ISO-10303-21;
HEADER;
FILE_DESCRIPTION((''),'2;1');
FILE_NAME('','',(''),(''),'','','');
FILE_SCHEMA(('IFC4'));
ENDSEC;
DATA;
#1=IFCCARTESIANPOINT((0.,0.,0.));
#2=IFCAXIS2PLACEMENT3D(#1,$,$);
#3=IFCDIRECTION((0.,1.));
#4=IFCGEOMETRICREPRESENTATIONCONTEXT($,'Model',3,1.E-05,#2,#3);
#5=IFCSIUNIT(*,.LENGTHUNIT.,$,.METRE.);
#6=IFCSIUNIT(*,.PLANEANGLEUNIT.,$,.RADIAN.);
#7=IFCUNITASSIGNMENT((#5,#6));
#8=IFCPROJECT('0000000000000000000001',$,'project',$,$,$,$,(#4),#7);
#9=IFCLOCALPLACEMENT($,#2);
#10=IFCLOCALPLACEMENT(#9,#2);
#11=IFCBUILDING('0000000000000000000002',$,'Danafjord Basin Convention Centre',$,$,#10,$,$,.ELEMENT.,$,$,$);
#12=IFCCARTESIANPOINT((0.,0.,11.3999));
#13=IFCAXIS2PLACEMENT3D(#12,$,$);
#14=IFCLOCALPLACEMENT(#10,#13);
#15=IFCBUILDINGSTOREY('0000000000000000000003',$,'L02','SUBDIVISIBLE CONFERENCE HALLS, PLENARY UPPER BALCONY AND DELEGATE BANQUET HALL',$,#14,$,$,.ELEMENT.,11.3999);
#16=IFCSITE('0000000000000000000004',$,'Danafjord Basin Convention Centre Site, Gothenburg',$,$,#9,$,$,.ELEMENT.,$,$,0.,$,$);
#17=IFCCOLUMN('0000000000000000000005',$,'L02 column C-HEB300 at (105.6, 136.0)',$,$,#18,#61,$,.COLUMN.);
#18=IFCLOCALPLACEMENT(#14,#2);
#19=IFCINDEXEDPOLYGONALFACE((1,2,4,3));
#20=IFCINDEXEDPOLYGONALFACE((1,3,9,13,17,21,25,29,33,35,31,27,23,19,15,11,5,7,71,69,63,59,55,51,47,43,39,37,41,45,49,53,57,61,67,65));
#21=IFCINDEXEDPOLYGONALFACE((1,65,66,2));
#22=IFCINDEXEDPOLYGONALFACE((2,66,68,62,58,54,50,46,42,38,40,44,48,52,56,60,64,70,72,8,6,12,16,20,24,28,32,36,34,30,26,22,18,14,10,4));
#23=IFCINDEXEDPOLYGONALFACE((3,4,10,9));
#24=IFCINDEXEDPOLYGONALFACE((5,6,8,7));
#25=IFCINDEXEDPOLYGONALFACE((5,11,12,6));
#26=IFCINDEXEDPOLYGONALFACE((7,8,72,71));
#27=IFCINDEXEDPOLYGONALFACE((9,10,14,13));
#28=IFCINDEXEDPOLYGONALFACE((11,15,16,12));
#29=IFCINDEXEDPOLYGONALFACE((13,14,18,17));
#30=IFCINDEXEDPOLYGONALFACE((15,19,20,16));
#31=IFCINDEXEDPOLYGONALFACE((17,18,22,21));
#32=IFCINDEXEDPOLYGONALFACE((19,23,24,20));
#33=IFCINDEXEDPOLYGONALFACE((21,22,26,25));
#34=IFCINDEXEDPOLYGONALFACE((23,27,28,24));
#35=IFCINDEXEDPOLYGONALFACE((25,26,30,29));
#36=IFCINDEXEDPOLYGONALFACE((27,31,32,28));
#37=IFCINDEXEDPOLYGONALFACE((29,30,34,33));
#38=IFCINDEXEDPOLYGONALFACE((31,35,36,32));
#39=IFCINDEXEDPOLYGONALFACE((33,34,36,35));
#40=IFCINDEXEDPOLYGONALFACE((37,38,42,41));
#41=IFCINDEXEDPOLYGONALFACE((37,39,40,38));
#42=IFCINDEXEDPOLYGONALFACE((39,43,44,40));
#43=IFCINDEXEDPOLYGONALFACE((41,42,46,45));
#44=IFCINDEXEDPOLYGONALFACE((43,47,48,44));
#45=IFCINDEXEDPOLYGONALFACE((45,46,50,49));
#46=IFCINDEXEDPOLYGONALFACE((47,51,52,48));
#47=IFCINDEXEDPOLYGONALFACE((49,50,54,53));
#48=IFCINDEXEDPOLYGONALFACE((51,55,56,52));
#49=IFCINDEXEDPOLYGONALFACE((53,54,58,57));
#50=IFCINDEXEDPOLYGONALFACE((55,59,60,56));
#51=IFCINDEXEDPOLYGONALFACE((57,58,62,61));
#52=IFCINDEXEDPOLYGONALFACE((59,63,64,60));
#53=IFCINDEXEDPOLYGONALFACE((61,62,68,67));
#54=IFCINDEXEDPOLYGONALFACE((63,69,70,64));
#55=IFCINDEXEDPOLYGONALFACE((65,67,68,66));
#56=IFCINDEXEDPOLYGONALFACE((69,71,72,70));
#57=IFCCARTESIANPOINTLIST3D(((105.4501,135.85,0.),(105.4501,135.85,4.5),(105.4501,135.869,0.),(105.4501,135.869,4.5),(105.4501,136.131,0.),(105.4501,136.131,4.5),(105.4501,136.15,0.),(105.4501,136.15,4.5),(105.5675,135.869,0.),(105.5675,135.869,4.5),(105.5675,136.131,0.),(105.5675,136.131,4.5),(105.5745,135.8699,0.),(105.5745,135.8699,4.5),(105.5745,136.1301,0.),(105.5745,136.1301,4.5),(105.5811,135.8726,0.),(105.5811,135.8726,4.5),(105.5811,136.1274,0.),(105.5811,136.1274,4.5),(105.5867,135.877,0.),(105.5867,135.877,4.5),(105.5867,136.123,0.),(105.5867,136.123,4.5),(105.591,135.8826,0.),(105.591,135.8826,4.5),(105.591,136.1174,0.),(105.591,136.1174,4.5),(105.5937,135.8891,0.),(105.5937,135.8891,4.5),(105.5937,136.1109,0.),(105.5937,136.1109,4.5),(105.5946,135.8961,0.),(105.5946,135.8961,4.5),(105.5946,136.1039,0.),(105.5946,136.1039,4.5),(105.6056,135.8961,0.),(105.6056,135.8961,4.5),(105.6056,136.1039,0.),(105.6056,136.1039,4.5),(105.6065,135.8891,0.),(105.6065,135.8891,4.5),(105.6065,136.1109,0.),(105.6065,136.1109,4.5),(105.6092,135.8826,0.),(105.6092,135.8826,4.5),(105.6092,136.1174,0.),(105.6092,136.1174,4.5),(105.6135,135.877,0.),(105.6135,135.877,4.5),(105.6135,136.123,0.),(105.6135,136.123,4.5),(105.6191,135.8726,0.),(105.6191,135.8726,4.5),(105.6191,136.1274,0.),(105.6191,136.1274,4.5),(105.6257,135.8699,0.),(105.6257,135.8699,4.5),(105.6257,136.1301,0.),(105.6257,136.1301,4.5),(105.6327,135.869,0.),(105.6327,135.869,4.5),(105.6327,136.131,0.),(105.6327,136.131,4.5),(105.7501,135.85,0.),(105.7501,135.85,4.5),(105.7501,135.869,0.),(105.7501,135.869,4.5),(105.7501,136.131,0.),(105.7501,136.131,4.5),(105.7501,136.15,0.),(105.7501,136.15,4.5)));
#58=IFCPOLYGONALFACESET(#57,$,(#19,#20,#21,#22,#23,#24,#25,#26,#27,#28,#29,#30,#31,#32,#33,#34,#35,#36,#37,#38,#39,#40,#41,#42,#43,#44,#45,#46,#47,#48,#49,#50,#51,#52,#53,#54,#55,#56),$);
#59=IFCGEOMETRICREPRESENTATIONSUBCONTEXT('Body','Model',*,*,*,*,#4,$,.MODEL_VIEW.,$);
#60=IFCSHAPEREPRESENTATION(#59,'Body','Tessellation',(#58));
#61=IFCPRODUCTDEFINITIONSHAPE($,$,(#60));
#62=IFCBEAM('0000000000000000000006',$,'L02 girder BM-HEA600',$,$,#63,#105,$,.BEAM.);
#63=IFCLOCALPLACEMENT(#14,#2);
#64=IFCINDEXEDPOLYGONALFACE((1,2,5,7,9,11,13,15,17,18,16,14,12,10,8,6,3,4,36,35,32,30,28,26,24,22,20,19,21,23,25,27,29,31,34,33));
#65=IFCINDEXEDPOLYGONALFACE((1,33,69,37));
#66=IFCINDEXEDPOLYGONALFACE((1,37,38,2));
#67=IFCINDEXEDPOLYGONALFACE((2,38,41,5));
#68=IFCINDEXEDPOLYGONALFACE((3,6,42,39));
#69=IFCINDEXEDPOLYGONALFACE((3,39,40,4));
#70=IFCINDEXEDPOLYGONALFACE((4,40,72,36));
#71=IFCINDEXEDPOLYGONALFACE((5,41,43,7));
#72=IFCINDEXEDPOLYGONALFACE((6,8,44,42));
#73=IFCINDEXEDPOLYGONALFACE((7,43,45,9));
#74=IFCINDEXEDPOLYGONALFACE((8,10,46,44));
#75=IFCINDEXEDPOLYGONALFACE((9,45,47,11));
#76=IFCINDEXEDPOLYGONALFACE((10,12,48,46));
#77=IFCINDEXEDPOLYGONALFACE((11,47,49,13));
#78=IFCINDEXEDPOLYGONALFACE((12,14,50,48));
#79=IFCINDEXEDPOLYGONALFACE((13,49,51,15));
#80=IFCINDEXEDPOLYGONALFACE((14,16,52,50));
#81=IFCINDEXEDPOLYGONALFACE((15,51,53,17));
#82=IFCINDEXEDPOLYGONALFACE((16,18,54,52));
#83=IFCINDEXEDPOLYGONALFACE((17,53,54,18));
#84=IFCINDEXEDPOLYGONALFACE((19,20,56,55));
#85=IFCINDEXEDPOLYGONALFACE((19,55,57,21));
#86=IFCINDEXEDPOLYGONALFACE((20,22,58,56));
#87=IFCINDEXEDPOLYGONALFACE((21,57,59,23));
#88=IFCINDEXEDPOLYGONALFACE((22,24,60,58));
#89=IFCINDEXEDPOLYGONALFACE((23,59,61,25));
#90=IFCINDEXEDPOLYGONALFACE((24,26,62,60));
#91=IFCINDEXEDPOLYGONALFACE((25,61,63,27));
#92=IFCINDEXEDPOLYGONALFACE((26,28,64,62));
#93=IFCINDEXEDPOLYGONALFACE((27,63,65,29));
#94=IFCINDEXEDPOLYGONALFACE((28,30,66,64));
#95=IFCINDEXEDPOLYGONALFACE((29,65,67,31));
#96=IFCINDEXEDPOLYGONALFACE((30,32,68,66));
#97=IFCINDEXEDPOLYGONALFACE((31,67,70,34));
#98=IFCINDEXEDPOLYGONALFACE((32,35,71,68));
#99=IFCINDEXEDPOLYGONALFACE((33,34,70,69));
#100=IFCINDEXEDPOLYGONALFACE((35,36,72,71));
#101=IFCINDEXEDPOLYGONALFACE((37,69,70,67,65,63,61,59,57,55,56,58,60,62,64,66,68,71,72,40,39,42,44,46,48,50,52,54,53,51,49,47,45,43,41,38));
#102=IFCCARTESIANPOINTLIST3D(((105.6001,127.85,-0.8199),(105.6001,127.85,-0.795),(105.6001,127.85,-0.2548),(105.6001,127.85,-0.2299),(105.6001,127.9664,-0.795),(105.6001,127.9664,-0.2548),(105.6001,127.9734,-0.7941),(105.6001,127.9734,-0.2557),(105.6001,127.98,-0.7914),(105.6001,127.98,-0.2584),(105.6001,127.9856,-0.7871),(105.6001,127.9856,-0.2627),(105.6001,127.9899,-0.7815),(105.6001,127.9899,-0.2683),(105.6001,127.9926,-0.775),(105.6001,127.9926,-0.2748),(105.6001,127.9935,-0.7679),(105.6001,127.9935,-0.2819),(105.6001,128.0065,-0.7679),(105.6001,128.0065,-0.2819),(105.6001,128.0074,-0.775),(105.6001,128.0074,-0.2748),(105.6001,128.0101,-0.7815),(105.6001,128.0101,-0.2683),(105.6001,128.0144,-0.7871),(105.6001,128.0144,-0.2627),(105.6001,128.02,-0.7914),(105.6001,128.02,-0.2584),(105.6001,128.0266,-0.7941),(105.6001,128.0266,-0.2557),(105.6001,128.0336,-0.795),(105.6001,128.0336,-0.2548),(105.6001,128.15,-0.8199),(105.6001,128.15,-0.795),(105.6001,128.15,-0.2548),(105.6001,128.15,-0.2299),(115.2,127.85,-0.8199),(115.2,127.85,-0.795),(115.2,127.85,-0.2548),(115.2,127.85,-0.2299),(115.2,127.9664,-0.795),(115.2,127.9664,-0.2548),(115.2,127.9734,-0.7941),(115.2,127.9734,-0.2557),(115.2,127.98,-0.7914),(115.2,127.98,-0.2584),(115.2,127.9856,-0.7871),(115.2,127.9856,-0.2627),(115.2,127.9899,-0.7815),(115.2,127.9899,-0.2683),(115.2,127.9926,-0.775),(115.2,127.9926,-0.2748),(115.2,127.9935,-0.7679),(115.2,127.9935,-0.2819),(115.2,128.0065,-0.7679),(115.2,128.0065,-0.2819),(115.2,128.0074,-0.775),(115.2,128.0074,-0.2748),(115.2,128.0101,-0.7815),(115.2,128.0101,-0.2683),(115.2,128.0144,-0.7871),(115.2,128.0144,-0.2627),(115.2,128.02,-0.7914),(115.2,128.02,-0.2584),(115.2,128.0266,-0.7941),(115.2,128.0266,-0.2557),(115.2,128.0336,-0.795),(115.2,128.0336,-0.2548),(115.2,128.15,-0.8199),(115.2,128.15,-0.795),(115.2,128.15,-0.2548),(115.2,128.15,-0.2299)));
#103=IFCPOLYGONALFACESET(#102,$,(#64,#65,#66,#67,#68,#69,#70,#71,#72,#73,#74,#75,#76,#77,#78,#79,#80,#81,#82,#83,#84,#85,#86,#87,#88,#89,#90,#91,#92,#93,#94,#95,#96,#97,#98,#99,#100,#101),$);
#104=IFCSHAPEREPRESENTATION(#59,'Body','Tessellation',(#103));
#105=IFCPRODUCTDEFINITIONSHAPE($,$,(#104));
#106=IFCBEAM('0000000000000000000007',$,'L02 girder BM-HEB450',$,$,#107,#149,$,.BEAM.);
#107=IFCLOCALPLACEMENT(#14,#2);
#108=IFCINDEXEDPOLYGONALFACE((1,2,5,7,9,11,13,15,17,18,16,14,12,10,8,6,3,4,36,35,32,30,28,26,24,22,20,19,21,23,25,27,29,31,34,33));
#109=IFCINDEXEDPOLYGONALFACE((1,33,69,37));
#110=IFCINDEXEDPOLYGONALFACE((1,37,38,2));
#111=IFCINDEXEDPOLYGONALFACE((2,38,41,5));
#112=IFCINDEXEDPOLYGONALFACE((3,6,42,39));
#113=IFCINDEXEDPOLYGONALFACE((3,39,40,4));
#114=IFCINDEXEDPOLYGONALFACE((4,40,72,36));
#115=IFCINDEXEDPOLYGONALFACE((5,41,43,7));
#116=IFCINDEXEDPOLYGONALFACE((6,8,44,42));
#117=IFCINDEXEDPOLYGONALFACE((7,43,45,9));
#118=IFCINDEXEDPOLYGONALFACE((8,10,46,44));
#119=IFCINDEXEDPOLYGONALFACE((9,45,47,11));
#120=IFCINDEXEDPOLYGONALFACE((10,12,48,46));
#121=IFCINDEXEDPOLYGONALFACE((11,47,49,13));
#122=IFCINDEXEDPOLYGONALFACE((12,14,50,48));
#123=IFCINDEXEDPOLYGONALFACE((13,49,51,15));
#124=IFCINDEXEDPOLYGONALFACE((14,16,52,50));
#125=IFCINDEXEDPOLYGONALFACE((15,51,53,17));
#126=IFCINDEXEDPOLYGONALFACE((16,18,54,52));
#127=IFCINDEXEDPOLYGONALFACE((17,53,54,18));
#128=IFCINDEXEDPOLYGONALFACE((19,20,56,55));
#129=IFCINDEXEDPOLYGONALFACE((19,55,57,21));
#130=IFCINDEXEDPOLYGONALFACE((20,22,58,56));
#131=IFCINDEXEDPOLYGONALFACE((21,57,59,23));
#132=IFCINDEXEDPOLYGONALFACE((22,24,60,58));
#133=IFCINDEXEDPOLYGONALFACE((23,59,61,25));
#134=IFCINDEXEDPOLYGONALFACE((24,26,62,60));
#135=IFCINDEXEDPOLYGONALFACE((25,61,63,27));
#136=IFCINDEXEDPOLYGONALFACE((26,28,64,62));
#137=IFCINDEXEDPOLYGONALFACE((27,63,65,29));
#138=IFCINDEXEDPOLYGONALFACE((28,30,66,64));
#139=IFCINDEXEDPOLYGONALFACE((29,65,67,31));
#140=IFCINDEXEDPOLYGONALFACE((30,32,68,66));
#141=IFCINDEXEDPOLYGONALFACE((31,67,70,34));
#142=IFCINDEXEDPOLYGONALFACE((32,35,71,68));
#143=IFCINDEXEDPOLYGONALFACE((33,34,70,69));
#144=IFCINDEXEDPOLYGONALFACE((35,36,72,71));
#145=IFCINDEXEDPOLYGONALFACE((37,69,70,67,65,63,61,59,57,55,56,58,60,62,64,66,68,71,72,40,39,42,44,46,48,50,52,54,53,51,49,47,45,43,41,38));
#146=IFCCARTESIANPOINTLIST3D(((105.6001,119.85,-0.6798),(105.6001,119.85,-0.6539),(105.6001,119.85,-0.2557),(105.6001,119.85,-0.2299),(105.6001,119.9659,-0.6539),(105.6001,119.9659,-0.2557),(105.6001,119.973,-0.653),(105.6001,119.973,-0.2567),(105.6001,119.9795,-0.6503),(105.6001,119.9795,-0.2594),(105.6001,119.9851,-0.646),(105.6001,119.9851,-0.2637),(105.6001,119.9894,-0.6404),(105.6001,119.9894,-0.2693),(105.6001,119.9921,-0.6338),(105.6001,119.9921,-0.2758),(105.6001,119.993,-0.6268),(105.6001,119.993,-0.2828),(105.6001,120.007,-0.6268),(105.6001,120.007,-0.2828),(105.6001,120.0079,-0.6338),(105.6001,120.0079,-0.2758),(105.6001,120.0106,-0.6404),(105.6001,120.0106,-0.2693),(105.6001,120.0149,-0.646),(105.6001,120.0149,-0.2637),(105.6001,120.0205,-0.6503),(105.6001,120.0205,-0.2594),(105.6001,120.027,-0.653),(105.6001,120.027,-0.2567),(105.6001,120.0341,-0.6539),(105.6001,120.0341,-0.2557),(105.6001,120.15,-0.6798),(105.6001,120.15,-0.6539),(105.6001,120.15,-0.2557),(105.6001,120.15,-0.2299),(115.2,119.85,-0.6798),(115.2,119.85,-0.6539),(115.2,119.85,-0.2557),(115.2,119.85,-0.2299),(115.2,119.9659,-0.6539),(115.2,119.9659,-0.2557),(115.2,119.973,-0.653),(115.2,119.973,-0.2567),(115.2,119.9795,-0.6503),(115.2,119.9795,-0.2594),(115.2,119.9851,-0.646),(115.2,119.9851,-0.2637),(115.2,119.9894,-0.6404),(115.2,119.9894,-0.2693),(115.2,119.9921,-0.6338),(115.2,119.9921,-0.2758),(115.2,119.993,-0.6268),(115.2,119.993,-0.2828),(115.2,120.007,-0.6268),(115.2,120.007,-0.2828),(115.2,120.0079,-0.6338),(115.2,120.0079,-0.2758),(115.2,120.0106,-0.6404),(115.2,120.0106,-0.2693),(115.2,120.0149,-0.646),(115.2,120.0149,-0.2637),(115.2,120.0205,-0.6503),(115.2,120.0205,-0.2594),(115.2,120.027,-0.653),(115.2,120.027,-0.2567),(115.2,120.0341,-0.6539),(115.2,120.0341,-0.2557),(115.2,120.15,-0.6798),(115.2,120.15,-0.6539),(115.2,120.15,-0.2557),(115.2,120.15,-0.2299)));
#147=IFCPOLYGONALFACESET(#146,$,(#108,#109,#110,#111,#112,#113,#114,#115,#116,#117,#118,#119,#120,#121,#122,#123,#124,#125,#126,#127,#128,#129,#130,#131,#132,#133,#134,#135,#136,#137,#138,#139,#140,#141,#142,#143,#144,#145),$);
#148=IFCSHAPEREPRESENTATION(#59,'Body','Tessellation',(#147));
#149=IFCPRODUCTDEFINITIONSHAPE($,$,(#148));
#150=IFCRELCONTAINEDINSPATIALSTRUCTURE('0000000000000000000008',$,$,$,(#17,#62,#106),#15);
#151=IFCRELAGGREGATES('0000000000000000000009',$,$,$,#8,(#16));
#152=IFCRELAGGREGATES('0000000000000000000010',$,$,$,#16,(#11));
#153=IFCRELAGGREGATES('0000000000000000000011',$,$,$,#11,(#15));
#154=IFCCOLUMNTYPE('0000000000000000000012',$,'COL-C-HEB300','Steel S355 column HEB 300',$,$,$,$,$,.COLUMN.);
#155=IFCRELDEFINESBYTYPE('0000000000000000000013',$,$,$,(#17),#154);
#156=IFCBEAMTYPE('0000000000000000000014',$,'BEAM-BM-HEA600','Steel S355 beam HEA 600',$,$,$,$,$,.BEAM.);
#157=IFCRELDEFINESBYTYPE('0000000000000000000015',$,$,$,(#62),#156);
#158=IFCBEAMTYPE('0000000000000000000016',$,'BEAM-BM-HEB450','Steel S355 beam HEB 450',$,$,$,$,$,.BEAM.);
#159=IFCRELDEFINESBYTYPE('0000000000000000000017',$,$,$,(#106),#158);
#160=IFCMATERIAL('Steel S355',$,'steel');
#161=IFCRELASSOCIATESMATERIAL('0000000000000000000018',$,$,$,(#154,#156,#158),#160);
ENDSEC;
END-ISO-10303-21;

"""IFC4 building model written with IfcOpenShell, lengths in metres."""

from ifc_helpers import new_model, si_unit, direction, frame, origin, origin_2d, place, context, subcontext, project, spatial, i_section, extrude, material, material_profile, profile_set, type_object, element, save


model = new_model("IFC4")

# Units and contexts
model_context = context("Model", 3, precision=1e-05, world=origin(), true_north=direction((0.0, 1.0)))
body_context = subcontext(model_context, "Body", "Model", "MODEL_VIEW")
ifc_project = project(units=[si_unit("LENGTHUNIT", "METRE"), si_unit("PLANEANGLEUNIT", "RADIAN")], contexts=[model_context])

# Site, building, storey
site_placement = place(None, origin())
site = spatial("IfcSite", under=ifc_project, at=site_placement, Name="Danafjord Basin Convention Centre Site, Gothenburg", CompositionType="ELEMENT", RefElevation=0.0)
building_placement = place(site_placement, origin())
building = spatial("IfcBuilding", under=site, at=building_placement, Name="Danafjord Basin Convention Centre", CompositionType="ELEMENT")
storey_placement = place(building_placement, frame((0.0, 0.0, 11.3999)))
storey = spatial("IfcBuildingStorey", under=building, at=storey_placement, Name="L02", Description="SUBDIVISIBLE CONFERENCE HALLS, PLENARY UPPER BALCONY AND DELEGATE BANQUET HALL", CompositionType="ELEMENT", Elevation=11.3999)

# Column
ifc_material_1 = material(Name="Steel S355", Category="steel")
ifc_material_profile_1 = material_profile(ifc_material_1, i_section(OverallWidth=0.3, OverallDepth=0.3, WebThickness=0.011, FlangeThickness=0.019, FilletRadius=0.0271, at=origin_2d()), Name="HEB 300")
ifc_profile_set_1 = profile_set([ifc_material_profile_1], Name="Steel S355")
column_type = type_object("IfcColumnType", Name="COL-C-HEB300", Description="Steel S355 column HEB 300", PredefinedType="COLUMN", material=ifc_profile_set_1)
column_placement = place(storey_placement, frame((105.6001, 136.0, 0.0), z_axis=(0.0, 0.0, 1.0), x_axis=(1.0, 0.0, 0.0)))
element("IfcColumn", 1, at=column_placement, inside=storey, type_object=column_type, Name="L02 column C-HEB300 at (105.6, 136.0)", PredefinedType="COLUMN", context=body_context, shape_type="SweptSolid", body=[
    extrude(i_section(OverallWidth=0.3, OverallDepth=0.3, WebThickness=0.011, FlangeThickness=0.019, FilletRadius=0.0271, at=origin_2d()), origin(), (0.0, 0.0, 1.0), 4.5),
])

# Beams
ifc_material_profile_2 = material_profile(ifc_material_1, i_section(OverallWidth=0.3, OverallDepth=0.5901, WebThickness=0.0129, FlangeThickness=0.0249, FilletRadius=0.0271, at=origin_2d()), Name="HEA 600")
ifc_profile_set_2 = profile_set([ifc_material_profile_2], Name="Steel S355")
beam_type_1 = type_object("IfcBeamType", Name="BEAM-BM-HEA600", Description="Steel S355 beam HEA 600", PredefinedType="BEAM", material=ifc_profile_set_2)
beam_1_placement = place(storey_placement, frame((105.6001, 128.0, -0.5249), z_axis=(1.0, 0.0, 0.0), x_axis=(0.0, 1.0, 0.0)))
element("IfcBeam", 2, at=beam_1_placement, inside=storey, type_object=beam_type_1, Name="L02 girder BM-HEA600", PredefinedType="BEAM", context=body_context, shape_type="SweptSolid", body=[
    extrude(i_section(OverallWidth=0.3, OverallDepth=0.5901, WebThickness=0.0129, FlangeThickness=0.0249, FilletRadius=0.0271, at=origin_2d()), origin(), (0.0, 0.0, 1.0), 9.5999),
])
ifc_material_profile_3 = material_profile(ifc_material_1, i_section(OverallWidth=0.3, OverallDepth=0.45, WebThickness=0.0139, FlangeThickness=0.0259, FilletRadius=0.0271, at=origin_2d()), Name="HEB 450")
ifc_profile_set_3 = profile_set([ifc_material_profile_3], Name="Steel S355")
beam_type_2 = type_object("IfcBeamType", Name="BEAM-BM-HEB450", Description="Steel S355 beam HEB 450", PredefinedType="BEAM", material=ifc_profile_set_3)
beam_2_placement = place(storey_placement, frame((105.6001, 120.0, -0.4548), z_axis=(1.0, 0.0, 0.0), x_axis=(0.0, 1.0, 0.0)))
element("IfcBeam", 3, at=beam_2_placement, inside=storey, type_object=beam_type_2, Name="L02 girder BM-HEB450", PredefinedType="BEAM", context=body_context, shape_type="SweptSolid", body=[
    extrude(i_section(OverallWidth=0.3, OverallDepth=0.45, WebThickness=0.0139, FlangeThickness=0.0259, FilletRadius=0.0271, at=origin_2d()), origin(), (0.0, 0.0, 1.0), 9.5999),
])

save(model, "model.ifc")
